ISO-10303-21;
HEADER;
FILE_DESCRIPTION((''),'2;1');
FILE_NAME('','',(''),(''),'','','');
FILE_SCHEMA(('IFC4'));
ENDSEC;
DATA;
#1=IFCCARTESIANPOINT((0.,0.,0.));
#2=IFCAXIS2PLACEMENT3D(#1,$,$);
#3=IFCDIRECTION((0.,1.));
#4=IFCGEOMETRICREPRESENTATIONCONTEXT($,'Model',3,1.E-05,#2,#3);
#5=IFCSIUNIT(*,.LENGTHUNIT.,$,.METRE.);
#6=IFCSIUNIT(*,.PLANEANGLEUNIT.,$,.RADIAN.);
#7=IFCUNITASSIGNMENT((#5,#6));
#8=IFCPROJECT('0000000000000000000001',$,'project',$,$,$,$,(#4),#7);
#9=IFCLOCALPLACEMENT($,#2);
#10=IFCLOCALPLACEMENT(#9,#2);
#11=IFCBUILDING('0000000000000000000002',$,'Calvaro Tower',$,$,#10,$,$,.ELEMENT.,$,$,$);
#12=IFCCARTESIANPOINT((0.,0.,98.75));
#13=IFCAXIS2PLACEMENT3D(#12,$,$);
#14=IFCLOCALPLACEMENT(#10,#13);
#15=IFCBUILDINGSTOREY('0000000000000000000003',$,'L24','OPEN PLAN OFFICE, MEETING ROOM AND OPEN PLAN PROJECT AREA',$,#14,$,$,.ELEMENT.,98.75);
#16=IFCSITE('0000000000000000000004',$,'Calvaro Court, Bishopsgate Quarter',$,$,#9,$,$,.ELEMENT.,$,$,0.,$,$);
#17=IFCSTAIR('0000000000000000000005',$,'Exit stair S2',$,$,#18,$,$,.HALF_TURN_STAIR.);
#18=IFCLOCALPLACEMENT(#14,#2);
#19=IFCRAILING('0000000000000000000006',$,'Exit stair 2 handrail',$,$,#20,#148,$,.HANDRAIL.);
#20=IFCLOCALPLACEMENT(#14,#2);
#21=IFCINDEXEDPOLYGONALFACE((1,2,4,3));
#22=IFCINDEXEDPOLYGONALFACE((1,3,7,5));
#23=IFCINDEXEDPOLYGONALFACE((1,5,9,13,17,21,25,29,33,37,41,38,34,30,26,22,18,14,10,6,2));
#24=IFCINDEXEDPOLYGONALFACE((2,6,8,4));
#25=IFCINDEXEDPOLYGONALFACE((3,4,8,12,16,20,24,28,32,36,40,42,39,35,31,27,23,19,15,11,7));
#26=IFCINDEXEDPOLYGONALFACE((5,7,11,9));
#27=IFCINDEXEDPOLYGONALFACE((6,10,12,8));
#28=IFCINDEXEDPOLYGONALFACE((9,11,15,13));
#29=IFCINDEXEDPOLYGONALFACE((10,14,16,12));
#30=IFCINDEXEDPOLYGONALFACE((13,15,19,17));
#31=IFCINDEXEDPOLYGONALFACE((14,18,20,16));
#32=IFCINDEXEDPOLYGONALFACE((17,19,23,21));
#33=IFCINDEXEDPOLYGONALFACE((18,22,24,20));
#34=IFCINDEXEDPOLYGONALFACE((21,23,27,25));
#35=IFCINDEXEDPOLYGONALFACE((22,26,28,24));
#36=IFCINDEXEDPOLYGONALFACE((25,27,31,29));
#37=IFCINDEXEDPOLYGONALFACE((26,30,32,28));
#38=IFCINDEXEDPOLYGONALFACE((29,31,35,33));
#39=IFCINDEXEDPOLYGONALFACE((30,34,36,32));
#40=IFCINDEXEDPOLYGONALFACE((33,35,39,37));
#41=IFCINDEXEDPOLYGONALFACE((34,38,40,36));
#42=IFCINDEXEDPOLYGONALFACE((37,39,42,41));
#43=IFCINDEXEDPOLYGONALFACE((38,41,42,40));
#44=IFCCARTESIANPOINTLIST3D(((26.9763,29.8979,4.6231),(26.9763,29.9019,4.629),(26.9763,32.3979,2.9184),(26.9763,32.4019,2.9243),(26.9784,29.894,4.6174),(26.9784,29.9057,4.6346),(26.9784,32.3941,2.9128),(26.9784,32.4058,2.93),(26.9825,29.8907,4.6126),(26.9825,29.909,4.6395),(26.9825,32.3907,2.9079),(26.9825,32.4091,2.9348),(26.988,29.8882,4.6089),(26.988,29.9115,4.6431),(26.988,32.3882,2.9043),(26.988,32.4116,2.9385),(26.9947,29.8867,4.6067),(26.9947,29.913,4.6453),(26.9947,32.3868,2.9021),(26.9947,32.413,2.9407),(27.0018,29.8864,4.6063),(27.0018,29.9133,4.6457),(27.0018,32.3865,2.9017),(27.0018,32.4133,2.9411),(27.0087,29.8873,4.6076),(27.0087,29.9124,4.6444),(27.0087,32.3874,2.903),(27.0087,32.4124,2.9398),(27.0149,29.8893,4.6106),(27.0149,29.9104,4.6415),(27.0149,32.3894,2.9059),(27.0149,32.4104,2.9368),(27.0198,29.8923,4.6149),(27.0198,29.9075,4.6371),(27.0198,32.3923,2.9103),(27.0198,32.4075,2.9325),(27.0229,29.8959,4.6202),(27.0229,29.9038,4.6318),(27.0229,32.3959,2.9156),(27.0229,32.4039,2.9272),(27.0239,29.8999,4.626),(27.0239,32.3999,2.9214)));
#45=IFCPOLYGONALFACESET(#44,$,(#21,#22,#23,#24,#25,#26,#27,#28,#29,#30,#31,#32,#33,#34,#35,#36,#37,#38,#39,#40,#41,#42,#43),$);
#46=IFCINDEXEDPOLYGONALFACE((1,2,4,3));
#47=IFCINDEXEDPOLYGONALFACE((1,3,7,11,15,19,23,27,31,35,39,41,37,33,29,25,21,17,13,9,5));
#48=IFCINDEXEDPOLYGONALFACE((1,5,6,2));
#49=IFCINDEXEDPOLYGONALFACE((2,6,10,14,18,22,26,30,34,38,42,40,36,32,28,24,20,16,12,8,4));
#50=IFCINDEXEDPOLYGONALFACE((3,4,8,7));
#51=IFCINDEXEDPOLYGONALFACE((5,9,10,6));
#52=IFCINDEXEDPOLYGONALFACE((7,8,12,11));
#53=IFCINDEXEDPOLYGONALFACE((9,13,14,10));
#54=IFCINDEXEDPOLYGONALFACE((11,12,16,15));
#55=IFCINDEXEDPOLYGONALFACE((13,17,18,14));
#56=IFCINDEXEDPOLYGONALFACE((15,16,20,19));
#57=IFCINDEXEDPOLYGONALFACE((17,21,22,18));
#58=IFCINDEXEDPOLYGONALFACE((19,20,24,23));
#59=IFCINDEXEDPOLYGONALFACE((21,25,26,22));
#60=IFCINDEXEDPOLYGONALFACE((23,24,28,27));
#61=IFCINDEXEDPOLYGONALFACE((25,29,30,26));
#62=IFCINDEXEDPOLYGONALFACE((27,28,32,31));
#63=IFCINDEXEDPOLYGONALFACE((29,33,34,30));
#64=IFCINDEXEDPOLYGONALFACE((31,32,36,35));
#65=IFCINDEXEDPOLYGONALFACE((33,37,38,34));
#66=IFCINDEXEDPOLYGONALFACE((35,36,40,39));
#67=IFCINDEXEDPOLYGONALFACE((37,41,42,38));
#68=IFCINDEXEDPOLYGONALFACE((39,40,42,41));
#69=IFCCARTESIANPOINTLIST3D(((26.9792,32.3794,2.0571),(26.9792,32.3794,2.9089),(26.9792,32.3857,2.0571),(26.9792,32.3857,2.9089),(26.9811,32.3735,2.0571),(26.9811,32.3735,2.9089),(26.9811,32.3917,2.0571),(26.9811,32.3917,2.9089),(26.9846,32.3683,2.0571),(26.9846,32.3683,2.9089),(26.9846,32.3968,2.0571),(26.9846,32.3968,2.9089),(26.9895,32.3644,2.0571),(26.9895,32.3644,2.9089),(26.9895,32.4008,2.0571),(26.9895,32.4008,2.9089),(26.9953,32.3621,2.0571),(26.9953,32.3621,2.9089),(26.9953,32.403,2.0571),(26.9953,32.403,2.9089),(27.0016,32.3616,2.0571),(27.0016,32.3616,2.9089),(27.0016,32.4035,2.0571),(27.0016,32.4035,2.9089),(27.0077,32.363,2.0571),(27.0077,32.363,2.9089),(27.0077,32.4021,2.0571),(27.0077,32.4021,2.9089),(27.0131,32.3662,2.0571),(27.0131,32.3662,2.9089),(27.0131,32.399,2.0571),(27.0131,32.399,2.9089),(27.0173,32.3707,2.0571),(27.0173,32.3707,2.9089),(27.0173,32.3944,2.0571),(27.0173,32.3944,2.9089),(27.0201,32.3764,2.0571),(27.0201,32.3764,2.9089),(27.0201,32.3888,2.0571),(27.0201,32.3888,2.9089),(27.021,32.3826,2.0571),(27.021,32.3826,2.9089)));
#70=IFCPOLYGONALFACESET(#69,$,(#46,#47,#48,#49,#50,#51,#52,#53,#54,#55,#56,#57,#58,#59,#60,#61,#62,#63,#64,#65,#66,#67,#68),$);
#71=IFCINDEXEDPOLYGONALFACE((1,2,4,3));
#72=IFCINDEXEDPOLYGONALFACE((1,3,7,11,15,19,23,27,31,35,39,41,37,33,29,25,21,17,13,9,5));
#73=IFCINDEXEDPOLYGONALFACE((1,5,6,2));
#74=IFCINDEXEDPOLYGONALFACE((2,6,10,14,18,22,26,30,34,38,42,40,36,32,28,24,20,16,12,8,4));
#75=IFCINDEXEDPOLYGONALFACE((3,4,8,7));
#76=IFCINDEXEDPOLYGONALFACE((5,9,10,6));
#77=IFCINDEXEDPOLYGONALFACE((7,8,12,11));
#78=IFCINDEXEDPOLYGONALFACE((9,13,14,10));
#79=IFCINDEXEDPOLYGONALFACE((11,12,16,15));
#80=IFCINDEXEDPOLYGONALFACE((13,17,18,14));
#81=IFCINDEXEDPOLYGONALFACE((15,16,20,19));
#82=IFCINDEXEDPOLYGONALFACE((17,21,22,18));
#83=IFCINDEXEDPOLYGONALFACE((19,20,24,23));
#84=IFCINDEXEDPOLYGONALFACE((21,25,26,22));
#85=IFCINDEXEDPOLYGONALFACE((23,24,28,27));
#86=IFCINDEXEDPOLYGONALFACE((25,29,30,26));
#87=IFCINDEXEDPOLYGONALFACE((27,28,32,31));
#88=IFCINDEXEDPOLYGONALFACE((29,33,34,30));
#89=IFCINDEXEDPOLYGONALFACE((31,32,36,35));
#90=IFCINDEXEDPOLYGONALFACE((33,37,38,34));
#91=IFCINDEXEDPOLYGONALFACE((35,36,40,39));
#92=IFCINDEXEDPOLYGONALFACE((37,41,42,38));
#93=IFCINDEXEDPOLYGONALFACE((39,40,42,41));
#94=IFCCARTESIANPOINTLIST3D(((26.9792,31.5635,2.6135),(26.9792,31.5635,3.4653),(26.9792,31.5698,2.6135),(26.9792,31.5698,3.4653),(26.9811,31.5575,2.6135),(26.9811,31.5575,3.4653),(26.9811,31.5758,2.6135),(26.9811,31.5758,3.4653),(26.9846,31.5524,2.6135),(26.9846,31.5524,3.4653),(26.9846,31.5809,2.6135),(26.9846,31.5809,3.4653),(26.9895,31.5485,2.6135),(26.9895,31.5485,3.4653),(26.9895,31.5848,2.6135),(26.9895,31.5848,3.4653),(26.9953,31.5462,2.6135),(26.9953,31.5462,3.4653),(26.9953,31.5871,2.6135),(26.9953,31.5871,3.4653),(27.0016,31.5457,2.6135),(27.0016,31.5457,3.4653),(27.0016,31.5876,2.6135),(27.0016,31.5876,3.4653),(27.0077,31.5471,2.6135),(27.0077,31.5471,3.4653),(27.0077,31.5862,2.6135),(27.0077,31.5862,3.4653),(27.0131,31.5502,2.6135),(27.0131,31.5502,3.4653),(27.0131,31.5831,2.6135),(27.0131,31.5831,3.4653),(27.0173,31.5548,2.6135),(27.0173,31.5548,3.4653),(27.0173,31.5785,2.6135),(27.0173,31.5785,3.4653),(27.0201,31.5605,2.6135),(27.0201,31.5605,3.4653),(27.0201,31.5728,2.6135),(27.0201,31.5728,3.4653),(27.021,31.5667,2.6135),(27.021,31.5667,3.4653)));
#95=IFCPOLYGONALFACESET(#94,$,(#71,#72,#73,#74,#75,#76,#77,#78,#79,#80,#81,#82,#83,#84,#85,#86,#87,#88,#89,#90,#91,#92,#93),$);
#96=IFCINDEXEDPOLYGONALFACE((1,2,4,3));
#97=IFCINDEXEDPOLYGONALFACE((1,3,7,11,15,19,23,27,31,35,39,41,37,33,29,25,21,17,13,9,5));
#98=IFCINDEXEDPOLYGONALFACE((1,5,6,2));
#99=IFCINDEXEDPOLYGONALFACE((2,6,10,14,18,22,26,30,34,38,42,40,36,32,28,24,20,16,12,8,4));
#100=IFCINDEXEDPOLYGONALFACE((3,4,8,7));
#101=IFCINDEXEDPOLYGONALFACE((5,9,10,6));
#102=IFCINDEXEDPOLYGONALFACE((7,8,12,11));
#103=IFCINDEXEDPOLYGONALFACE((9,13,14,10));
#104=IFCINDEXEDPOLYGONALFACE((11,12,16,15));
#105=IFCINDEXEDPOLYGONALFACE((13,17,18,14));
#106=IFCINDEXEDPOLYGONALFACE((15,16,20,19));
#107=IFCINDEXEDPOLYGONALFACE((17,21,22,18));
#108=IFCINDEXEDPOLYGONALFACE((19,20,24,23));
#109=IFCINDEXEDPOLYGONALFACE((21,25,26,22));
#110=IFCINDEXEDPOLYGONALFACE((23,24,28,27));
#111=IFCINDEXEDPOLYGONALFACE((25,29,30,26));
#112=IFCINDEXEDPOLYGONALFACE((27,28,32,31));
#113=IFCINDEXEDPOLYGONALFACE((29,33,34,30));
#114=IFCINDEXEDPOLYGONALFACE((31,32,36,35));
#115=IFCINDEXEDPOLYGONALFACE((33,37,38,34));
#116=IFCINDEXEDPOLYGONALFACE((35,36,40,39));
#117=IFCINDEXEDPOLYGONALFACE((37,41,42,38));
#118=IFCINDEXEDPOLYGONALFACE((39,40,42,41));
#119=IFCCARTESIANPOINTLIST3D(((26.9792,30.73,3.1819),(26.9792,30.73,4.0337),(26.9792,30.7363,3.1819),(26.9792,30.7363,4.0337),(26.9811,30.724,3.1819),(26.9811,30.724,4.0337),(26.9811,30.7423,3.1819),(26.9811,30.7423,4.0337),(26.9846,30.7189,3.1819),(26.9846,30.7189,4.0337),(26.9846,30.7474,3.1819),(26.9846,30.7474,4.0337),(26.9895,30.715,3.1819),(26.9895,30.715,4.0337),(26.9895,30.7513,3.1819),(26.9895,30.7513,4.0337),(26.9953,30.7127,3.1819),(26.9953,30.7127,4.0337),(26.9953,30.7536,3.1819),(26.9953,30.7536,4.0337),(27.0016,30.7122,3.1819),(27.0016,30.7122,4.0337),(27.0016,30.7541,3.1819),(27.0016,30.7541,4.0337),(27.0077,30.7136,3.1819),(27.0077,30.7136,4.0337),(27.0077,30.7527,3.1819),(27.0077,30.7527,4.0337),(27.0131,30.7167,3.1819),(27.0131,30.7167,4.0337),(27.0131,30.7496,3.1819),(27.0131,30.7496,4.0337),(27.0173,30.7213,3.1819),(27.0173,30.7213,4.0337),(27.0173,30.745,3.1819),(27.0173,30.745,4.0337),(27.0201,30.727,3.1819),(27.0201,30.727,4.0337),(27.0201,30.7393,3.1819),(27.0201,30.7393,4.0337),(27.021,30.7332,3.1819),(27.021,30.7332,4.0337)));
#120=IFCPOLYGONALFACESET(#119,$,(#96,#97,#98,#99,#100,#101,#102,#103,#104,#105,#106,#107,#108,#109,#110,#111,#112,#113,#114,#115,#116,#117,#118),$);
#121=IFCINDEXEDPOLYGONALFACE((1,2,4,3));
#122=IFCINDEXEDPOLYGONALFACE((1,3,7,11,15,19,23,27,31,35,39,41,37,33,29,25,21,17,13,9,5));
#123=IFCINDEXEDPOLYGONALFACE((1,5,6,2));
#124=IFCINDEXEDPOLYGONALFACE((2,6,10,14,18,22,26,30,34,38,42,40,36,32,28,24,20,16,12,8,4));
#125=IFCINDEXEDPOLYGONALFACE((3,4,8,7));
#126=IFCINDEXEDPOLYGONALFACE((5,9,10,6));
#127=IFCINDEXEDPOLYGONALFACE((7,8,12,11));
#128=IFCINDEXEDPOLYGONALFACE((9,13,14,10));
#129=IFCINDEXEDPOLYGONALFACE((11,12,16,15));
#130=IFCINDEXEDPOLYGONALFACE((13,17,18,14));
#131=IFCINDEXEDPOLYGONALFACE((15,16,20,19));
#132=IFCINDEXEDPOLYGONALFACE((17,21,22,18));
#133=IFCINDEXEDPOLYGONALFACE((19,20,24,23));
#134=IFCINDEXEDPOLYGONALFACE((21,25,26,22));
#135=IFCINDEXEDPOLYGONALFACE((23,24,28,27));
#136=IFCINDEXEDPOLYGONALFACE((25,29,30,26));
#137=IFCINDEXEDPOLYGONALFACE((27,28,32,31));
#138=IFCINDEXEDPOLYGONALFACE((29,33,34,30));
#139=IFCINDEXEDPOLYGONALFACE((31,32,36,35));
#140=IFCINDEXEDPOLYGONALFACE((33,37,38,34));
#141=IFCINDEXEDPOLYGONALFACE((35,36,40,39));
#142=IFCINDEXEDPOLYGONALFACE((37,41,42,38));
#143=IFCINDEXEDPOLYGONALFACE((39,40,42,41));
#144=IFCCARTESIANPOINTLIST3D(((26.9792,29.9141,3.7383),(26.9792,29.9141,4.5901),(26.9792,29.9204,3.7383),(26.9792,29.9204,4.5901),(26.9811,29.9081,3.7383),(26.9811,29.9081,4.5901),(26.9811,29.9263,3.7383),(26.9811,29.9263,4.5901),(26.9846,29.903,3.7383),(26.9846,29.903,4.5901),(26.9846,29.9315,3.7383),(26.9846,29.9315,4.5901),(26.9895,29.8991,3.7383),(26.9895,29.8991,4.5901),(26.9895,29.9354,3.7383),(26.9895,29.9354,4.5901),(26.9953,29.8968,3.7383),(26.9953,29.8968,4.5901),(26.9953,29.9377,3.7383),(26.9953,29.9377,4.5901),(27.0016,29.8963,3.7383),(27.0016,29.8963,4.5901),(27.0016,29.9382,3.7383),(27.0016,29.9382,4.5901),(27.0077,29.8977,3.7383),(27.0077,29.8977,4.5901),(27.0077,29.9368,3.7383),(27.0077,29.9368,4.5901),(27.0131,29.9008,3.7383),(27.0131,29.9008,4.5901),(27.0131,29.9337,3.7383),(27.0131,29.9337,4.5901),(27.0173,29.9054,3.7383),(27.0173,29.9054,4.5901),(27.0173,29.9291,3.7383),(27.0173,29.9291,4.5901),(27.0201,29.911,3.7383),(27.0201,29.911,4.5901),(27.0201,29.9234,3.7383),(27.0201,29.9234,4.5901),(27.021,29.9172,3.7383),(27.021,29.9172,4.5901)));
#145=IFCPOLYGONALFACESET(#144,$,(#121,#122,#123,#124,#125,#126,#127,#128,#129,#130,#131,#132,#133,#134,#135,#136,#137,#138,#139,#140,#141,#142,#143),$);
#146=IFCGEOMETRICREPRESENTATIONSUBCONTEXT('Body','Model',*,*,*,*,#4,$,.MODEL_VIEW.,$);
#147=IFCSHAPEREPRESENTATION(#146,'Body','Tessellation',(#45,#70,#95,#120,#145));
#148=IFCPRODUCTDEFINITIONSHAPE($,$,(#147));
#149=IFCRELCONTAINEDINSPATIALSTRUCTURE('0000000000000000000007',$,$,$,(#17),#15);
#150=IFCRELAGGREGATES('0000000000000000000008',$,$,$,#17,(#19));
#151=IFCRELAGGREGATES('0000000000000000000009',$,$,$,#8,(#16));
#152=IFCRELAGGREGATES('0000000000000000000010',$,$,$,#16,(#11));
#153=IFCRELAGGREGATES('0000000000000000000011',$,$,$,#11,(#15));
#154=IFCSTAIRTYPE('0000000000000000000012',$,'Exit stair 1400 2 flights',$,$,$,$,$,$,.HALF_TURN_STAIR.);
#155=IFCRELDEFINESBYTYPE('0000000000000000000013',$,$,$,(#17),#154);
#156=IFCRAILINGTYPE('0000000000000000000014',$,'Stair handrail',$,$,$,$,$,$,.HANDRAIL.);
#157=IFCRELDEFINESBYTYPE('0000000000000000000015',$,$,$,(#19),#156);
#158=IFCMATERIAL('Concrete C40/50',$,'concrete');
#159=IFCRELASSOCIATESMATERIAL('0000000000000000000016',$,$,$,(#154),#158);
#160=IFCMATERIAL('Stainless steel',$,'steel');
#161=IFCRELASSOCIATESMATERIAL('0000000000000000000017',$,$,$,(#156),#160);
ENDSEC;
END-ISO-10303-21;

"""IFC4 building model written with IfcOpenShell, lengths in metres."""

from ifc_helpers import new_model, si_unit, direction, frame, origin, origin_2d, place, context, subcontext, project, spatial, circle, extrude, material, type_object, element, aggregate, save


model = new_model("IFC4")

# Units and contexts
model_context = context("Model", 3, precision=1e-05, world=origin(), true_north=direction((0.0, 1.0)))
body_context = subcontext(model_context, "Body", "Model", "MODEL_VIEW")
ifc_project = project(units=[si_unit("LENGTHUNIT", "METRE"), si_unit("PLANEANGLEUNIT", "RADIAN")], contexts=[model_context])

# Site, building, storey
site_placement = place(None, origin())
site = spatial("IfcSite", under=ifc_project, at=site_placement, Name="Calvaro Court, Bishopsgate Quarter", CompositionType="ELEMENT", RefElevation=0.0)
building_placement = place(site_placement, origin())
building = spatial("IfcBuilding", under=site, at=building_placement, Name="Calvaro Tower", CompositionType="ELEMENT")
storey_placement = place(building_placement, frame((0.0, 0.0, 98.75)))
storey = spatial("IfcBuildingStorey", under=building, at=storey_placement, Name="L24", Description="OPEN PLAN OFFICE, MEETING ROOM AND OPEN PLAN PROJECT AREA", CompositionType="ELEMENT", Elevation=98.75)

# Stair, railing
ifc_material_1 = material(Name="Concrete C40/50", Category="concrete")
stair_type = type_object("IfcStairType", Name="Exit stair 1400 2 flights", PredefinedType="HALF_TURN_STAIR", material=ifc_material_1)
stair_placement = place(storey_placement, origin())
stair = element("IfcStair", 1, at=stair_placement, inside=storey, type_object=stair_type, Name="Exit stair S2", PredefinedType="HALF_TURN_STAIR")
ifc_material_2 = material(Name="Stainless steel", Category="steel")
railing_type = type_object("IfcRailingType", Name="Stair handrail", PredefinedType="HANDRAIL", material=ifc_material_2)
railing_1_placement = place(storey_placement, frame((27.0, 32.3999, 2.0454)))
railing_1 = element("IfcRailing", 2, at=railing_1_placement, type_object=railing_type, Name="Exit stair 2 handrail", PredefinedType="HANDRAIL", context=body_context, shape_type="SweptSolid", body=[
    extrude(circle(Radius=0.0239, at=origin_2d()), frame((0.0, 0.0, 0.876), z_axis=(0.0, -0.826221, 0.563347), x_axis=(1.0, 0.0, 0.0)), (0.0, 0.0, 1.0), 3.0259),
    extrude(circle(Radius=0.021, at=origin_2d()), frame((0.0, -0.0173, 0.0117)), (0.0, 0.0, 1.0), 0.8518),
    extrude(circle(Radius=0.021, at=origin_2d()), frame((0.0, -0.8333, 0.5681)), (0.0, 0.0, 1.0), 0.8518),
    extrude(circle(Radius=0.021, at=origin_2d()), frame((0.0, -1.6667, 1.1365)), (0.0, 0.0, 1.0), 0.8518),
    extrude(circle(Radius=0.021, at=origin_2d()), frame((0.0, -2.4827, 1.6929)), (0.0, 0.0, 1.0), 0.8518),
])
aggregate(stair, [railing_1])

save(model, "model.ifc")
